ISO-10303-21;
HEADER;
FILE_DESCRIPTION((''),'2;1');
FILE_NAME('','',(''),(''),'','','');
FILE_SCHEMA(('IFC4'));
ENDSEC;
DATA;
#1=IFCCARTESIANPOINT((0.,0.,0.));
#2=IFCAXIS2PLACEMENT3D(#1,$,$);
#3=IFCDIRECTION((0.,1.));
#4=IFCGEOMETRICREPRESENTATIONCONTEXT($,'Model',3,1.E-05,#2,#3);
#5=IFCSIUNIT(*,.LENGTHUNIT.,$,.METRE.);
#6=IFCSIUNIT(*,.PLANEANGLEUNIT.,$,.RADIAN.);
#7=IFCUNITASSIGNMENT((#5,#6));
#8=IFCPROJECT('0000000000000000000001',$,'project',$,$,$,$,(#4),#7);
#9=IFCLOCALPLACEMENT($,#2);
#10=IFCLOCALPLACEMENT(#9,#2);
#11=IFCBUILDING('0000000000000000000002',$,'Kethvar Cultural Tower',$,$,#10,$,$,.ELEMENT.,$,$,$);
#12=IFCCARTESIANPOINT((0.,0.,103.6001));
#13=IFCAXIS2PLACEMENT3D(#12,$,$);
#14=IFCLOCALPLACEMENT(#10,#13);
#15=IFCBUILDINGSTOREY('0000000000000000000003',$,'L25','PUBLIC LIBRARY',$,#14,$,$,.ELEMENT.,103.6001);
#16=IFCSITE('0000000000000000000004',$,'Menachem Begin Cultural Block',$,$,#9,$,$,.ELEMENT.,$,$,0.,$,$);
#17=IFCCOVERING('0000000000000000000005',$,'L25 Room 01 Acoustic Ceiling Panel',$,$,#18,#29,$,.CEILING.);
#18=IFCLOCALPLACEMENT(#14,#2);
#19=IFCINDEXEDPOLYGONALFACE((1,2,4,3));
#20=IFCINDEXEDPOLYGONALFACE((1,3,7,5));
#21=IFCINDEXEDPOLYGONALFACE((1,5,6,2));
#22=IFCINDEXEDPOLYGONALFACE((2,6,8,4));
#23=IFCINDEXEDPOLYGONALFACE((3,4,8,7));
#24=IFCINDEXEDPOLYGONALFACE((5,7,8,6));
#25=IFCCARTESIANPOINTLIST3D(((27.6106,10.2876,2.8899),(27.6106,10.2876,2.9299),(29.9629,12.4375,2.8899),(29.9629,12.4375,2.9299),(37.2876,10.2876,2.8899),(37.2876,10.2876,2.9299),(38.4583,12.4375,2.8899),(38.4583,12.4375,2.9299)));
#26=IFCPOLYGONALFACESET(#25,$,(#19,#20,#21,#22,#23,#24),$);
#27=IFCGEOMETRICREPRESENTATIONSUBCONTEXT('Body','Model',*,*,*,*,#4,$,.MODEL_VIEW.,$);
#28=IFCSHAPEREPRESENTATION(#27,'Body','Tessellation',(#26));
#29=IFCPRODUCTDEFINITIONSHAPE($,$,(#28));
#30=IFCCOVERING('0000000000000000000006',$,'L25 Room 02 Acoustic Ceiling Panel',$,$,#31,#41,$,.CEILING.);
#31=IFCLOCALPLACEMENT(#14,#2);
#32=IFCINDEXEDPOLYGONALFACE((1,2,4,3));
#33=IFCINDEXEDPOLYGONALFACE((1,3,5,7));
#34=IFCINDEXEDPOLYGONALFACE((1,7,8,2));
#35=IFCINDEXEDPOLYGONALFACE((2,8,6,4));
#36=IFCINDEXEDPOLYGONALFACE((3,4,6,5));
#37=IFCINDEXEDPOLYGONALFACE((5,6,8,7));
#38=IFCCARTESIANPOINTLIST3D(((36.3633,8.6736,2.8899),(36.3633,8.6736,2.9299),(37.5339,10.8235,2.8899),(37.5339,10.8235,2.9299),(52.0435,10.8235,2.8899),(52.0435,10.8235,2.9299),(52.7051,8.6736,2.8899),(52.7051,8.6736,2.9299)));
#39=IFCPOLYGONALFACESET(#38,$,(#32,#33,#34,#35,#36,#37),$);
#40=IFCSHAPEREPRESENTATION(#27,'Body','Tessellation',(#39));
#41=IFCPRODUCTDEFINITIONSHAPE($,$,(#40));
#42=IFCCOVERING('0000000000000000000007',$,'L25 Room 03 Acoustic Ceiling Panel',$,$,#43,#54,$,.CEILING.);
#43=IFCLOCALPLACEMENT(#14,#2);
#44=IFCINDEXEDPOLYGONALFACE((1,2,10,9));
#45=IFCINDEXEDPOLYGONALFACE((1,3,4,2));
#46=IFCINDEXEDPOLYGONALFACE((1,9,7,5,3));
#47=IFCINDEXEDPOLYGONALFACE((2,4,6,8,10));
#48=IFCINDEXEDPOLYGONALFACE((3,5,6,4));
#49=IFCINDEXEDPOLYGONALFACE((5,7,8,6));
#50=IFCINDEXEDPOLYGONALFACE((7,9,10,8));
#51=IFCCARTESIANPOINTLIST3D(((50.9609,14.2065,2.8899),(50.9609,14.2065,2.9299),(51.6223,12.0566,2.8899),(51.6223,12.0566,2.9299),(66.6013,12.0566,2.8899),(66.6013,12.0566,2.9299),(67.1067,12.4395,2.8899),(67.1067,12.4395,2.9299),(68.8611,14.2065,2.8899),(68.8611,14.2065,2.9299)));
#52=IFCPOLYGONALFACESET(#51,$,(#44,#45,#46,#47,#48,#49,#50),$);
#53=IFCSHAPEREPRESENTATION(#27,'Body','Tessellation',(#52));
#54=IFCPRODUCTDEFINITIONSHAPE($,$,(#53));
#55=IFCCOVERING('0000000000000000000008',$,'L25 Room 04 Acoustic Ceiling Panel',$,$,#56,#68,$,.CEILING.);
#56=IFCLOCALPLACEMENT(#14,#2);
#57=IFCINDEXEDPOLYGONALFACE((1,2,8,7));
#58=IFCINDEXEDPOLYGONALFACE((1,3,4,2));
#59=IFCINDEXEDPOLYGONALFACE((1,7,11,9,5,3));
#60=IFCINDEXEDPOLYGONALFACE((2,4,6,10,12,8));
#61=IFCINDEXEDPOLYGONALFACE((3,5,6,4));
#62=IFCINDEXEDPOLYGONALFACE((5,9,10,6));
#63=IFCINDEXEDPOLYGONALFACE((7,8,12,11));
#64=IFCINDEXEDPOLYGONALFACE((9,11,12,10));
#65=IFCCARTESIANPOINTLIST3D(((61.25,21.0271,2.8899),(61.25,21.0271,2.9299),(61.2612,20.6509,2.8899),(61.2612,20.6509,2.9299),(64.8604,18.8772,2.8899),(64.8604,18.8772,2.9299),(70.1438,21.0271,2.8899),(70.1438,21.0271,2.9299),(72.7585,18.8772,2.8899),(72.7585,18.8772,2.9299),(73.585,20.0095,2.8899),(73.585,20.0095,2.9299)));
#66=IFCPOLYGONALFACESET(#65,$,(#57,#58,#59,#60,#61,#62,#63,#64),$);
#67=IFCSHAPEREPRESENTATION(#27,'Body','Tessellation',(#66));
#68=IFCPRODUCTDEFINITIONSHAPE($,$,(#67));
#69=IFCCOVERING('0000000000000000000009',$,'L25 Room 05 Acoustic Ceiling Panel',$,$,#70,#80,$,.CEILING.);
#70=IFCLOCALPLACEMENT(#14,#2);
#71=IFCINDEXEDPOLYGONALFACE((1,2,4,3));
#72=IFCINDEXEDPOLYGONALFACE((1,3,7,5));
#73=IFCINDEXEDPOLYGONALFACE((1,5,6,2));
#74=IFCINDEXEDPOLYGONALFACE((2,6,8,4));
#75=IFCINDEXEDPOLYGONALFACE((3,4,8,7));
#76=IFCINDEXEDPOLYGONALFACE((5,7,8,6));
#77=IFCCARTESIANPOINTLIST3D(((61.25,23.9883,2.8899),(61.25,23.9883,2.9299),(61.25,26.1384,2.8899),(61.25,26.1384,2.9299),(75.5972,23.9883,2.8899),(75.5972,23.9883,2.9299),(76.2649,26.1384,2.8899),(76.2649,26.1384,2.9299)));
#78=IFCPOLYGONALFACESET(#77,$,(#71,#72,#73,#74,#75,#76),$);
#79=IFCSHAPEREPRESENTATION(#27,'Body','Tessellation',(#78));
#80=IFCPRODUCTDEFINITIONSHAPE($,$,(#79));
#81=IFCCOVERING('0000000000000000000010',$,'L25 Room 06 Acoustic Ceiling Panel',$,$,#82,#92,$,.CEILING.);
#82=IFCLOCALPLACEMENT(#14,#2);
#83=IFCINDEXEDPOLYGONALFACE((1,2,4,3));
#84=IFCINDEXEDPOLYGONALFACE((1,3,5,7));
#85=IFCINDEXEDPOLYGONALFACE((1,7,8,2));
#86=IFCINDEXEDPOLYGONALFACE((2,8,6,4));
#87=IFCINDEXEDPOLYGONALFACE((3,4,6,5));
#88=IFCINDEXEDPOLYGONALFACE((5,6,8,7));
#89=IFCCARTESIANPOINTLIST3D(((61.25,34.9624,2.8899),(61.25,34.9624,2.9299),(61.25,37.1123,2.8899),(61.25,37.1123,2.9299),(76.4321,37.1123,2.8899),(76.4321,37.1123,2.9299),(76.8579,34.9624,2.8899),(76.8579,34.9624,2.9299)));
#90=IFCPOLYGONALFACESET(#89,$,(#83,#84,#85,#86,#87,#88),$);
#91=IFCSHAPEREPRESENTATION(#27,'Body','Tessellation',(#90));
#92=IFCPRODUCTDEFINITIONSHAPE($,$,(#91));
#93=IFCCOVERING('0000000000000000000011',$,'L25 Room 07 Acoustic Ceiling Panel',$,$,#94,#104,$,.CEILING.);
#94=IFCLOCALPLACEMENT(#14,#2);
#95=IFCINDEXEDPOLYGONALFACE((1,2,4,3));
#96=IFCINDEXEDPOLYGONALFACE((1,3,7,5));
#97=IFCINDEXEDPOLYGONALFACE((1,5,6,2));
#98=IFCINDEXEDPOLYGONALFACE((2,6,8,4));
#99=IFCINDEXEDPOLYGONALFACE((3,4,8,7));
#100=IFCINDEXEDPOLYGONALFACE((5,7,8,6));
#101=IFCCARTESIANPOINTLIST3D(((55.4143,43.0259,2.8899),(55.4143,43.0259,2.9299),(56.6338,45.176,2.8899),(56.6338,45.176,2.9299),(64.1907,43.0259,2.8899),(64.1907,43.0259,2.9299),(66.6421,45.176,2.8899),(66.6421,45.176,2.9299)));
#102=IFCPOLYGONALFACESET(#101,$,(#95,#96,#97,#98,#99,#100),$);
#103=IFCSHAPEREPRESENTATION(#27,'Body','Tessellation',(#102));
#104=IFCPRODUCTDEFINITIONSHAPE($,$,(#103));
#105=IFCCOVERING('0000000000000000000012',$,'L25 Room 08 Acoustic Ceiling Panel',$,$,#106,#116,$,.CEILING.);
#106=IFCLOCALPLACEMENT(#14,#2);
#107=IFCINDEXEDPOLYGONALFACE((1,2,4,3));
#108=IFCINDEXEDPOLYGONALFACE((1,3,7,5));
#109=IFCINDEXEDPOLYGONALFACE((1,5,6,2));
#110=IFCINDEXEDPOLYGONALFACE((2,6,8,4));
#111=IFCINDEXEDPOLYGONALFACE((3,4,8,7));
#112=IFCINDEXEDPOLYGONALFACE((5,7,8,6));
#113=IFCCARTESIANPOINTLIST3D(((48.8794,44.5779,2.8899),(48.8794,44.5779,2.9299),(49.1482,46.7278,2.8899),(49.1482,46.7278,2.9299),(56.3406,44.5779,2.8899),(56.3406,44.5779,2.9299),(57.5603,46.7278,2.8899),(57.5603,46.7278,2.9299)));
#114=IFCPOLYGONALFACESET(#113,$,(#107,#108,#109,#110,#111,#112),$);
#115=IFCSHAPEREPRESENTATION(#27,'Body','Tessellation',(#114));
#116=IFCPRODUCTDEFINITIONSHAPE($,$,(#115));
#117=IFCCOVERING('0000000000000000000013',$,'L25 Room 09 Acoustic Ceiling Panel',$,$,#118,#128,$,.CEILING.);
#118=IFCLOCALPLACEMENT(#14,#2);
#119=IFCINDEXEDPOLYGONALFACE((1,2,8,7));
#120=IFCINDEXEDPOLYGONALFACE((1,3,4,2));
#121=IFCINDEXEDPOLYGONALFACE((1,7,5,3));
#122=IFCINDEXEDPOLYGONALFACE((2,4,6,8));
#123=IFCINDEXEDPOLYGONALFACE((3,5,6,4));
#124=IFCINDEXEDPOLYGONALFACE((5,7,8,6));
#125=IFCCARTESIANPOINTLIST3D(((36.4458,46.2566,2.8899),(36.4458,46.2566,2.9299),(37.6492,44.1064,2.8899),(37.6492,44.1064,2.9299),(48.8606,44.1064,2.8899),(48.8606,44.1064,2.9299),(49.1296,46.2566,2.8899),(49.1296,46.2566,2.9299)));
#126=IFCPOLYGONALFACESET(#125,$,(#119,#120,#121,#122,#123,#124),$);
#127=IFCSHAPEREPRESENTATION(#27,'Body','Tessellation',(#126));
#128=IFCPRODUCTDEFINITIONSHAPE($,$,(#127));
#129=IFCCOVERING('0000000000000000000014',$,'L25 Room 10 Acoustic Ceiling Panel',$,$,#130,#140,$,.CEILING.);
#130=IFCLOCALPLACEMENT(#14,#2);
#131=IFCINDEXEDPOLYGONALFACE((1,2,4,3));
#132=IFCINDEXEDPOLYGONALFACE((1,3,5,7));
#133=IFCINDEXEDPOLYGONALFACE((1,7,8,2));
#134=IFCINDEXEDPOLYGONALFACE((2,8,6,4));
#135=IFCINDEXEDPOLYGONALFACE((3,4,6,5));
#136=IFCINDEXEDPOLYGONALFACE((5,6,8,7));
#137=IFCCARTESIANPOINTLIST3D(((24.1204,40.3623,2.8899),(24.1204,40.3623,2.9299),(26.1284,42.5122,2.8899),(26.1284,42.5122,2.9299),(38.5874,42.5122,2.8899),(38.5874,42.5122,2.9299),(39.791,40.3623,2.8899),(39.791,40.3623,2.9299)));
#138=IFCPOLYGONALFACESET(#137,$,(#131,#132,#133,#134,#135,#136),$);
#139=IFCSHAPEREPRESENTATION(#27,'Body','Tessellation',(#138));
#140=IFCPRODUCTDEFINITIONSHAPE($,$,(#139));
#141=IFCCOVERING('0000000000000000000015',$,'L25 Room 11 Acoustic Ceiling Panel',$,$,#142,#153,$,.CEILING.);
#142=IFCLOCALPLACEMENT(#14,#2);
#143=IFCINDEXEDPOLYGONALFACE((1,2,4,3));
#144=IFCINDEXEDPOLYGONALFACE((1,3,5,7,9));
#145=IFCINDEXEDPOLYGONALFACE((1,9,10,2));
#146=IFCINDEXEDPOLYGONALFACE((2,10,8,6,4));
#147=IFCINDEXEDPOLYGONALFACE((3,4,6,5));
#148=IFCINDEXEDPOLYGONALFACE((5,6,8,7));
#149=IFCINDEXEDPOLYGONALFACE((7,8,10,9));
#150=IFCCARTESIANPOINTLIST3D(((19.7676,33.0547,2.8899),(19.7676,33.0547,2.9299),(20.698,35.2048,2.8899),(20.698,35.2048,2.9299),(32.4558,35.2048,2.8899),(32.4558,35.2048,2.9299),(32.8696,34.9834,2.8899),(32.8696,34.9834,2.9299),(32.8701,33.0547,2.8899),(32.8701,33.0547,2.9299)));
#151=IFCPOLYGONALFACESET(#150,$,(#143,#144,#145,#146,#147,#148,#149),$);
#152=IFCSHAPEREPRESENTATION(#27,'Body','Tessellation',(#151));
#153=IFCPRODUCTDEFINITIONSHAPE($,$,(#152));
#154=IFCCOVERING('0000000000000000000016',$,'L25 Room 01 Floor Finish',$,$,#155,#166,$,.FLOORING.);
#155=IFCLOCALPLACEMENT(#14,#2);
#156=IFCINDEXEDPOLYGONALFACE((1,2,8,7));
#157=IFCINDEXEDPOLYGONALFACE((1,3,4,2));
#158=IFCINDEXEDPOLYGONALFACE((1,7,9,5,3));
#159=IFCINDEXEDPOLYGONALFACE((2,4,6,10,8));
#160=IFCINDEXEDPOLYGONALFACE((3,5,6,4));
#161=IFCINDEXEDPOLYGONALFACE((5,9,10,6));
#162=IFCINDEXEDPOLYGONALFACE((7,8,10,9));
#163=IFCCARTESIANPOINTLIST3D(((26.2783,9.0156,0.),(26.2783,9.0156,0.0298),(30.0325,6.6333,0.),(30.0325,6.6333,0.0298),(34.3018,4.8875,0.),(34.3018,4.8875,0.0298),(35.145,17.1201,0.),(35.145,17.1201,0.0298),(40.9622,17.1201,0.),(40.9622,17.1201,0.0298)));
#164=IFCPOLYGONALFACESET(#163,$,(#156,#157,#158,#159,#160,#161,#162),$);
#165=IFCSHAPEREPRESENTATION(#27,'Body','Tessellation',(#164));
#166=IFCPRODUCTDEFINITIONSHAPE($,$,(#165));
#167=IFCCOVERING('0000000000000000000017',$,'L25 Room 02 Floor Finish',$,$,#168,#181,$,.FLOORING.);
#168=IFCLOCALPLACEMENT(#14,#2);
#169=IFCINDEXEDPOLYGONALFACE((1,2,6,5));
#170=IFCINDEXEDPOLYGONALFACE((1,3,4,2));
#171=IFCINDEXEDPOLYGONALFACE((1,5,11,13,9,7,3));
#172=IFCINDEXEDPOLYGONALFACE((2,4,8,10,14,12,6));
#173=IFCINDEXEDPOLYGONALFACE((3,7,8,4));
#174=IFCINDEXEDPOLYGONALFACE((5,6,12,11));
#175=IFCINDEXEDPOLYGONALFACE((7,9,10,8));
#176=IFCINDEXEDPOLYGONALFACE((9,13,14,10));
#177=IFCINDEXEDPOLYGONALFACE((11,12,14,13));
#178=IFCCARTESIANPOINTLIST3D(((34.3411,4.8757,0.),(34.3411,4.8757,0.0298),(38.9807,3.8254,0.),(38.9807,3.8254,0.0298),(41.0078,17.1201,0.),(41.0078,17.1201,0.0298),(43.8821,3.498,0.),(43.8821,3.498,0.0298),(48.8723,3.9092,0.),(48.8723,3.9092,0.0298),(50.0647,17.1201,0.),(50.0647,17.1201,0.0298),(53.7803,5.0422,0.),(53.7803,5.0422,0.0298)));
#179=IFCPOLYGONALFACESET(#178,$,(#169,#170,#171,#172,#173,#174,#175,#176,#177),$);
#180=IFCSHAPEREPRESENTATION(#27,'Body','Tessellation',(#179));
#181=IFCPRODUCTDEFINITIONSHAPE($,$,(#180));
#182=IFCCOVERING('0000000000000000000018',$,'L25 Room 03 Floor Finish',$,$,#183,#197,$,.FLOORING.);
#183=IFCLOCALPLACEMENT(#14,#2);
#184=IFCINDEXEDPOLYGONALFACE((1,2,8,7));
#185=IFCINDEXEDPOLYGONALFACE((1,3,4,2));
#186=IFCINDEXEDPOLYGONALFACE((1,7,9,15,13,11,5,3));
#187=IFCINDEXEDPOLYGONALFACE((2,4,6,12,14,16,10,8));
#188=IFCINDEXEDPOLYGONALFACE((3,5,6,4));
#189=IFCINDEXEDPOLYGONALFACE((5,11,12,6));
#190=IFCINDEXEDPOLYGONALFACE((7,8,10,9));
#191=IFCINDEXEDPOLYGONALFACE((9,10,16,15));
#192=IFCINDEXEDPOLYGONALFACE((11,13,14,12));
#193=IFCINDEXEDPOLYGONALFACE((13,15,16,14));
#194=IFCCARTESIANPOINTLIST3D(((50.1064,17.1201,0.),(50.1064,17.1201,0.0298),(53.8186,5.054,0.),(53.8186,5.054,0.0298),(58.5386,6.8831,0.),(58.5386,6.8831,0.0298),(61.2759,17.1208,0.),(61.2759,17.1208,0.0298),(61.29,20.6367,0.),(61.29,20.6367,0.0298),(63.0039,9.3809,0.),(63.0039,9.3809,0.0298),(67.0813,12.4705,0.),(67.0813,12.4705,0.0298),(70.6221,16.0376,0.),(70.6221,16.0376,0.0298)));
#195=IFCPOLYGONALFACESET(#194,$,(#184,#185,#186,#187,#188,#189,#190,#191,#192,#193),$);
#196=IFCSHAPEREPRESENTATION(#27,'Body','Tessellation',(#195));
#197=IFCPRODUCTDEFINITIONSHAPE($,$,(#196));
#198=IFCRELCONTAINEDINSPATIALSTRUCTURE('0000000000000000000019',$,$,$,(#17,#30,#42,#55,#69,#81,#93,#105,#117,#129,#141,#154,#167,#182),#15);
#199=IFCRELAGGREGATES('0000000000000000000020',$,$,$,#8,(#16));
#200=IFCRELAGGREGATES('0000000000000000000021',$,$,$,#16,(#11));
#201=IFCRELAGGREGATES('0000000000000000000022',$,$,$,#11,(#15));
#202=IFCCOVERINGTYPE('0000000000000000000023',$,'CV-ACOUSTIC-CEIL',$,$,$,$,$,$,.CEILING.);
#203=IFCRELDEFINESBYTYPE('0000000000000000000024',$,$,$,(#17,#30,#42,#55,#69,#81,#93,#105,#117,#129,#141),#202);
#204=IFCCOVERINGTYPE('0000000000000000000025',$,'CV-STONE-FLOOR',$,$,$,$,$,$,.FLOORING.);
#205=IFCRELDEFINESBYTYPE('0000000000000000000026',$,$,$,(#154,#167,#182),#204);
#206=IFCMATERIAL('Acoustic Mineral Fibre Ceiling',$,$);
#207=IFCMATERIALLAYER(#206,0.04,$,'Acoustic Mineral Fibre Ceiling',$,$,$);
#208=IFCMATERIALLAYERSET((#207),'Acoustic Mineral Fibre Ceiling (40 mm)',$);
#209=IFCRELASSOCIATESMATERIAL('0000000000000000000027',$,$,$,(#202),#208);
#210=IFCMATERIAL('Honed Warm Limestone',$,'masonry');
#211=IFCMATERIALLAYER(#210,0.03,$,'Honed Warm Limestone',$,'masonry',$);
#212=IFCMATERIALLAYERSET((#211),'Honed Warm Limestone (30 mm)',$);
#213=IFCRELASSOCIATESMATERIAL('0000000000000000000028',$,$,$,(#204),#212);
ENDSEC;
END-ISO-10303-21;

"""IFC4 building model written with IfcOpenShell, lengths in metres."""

from ifc_helpers import new_model, si_unit, direction, frame, origin, place, context, subcontext, project, spatial, polyline, outline, extrude, material, layer, layer_set, type_object, element, save


model = new_model("IFC4")

# Units and contexts
model_context = context("Model", 3, precision=1e-05, world=origin(), true_north=direction((0.0, 1.0)))
body_context = subcontext(model_context, "Body", "Model", "MODEL_VIEW")
ifc_project = project(units=[si_unit("LENGTHUNIT", "METRE"), si_unit("PLANEANGLEUNIT", "RADIAN")], contexts=[model_context])

# Site, building, storey
site_placement = place(None, origin())
site = spatial("IfcSite", under=ifc_project, at=site_placement, Name="Menachem Begin Cultural Block", CompositionType="ELEMENT", RefElevation=0.0)
building_placement = place(site_placement, origin())
building = spatial("IfcBuilding", under=site, at=building_placement, Name="Kethvar Cultural Tower", CompositionType="ELEMENT")
storey_placement = place(building_placement, frame((0.0, 0.0, 103.6001)))
storey = spatial("IfcBuildingStorey", under=building, at=storey_placement, Name="L25", Description="PUBLIC LIBRARY", CompositionType="ELEMENT", Elevation=103.6001)

# Coverings
ifc_material_1 = material(Name="Acoustic Mineral Fibre Ceiling")
ifc_layer_1 = layer(ifc_material_1, 0.04, Name="Acoustic Mineral Fibre Ceiling")
ifc_layer_set_1 = layer_set([ifc_layer_1], Name="Acoustic Mineral Fibre Ceiling (40 mm)")
covering_type_1 = type_object("IfcCoveringType", Name="CV-ACOUSTIC-CEIL", PredefinedType="CEILING", material=ifc_layer_set_1)
covering_1_placement = place(storey_placement, frame((0.0, 0.0, 2.8899)))
element("IfcCovering", 1, at=covering_1_placement, inside=storey, type_object=covering_type_1, Name="L25 Room 01 Acoustic Ceiling Panel", PredefinedType="CEILING", context=body_context, shape_type="SweptSolid", body=[
    extrude(outline(polyline([(29.9629, 12.4375), (38.4583, 12.4375), (37.2876, 10.2876), (27.6106, 10.2876), (29.9629, 12.4375)])), origin(), (0.0, 0.0, 1.0), 0.04),
])
covering_2_placement = place(storey_placement, frame((0.0, 0.0, 2.8899)))
element("IfcCovering", 2, at=covering_2_placement, inside=storey, type_object=covering_type_1, Name="L25 Room 02 Acoustic Ceiling Panel", PredefinedType="CEILING", context=body_context, shape_type="SweptSolid", body=[
    extrude(outline(polyline([(37.5339, 10.8235), (52.0435, 10.8235), (52.7051, 8.6736), (36.3633, 8.6736), (37.5339, 10.8235)])), origin(), (0.0, 0.0, 1.0), 0.04),
])
covering_3_placement = place(storey_placement, frame((0.0, 0.0, 2.8899)))
element("IfcCovering", 3, at=covering_3_placement, inside=storey, type_object=covering_type_1, Name="L25 Room 03 Acoustic Ceiling Panel", PredefinedType="CEILING", context=body_context, shape_type="SweptSolid", body=[
    extrude(outline(polyline([(67.1067, 12.4395), (66.6013, 12.0566), (51.6223, 12.0566), (50.9609, 14.2065), (68.8611, 14.2065), (67.1067, 12.4395)])), origin(), (0.0, 0.0, 1.0), 0.04),
])
covering_4_placement = place(storey_placement, frame((0.0, 0.0, 2.8899)))
element("IfcCovering", 4, at=covering_4_placement, inside=storey, type_object=covering_type_1, Name="L25 Room 04 Acoustic Ceiling Panel", PredefinedType="CEILING", context=body_context, shape_type="SweptSolid", body=[
    extrude(outline(polyline([(61.2612, 20.6509), (61.25, 21.0271), (70.1438, 21.0271), (73.585, 20.0095), (72.7585, 18.8772), (64.8604, 18.8772), (61.2612, 20.6509)])), origin(), (0.0, 0.0, 1.0), 0.04),
])
covering_5_placement = place(storey_placement, frame((0.0, 0.0, 2.8899)))
element("IfcCovering", 5, at=covering_5_placement, inside=storey, type_object=covering_type_1, Name="L25 Room 05 Acoustic Ceiling Panel", PredefinedType="CEILING", context=body_context, shape_type="SweptSolid", body=[
    extrude(outline(polyline([(76.2649, 26.1384), (75.5972, 23.9883), (61.25, 23.9883), (61.25, 26.1384), (76.2649, 26.1384)])), origin(), (0.0, 0.0, 1.0), 0.04),
])
covering_6_placement = place(storey_placement, frame((0.0, 0.0, 2.8899)))
element("IfcCovering", 6, at=covering_6_placement, inside=storey, type_object=covering_type_1, Name="L25 Room 06 Acoustic Ceiling Panel", PredefinedType="CEILING", context=body_context, shape_type="SweptSolid", body=[
    extrude(outline(polyline([(61.25, 37.1123), (76.4321, 37.1123), (76.8579, 34.9624), (61.25, 34.9624), (61.25, 37.1123)])), origin(), (0.0, 0.0, 1.0), 0.04),
])
covering_7_placement = place(storey_placement, frame((0.0, 0.0, 2.8899)))
element("IfcCovering", 7, at=covering_7_placement, inside=storey, type_object=covering_type_1, Name="L25 Room 07 Acoustic Ceiling Panel", PredefinedType="CEILING", context=body_context, shape_type="SweptSolid", body=[
    extrude(outline(polyline([(64.1907, 43.0259), (55.4143, 43.0259), (56.6338, 45.176), (66.6421, 45.176), (64.1907, 43.0259)])), origin(), (0.0, 0.0, 1.0), 0.04),
])
covering_8_placement = place(storey_placement, frame((0.0, 0.0, 2.8899)))
element("IfcCovering", 8, at=covering_8_placement, inside=storey, type_object=covering_type_1, Name="L25 Room 08 Acoustic Ceiling Panel", PredefinedType="CEILING", context=body_context, shape_type="SweptSolid", body=[
    extrude(outline(polyline([(56.3406, 44.5779), (48.8794, 44.5779), (49.1482, 46.7278), (57.5603, 46.7278), (56.3406, 44.5779)])), origin(), (0.0, 0.0, 1.0), 0.04),
])
covering_9_placement = place(storey_placement, frame((0.0, 0.0, 2.8899)))
element("IfcCovering", 9, at=covering_9_placement, inside=storey, type_object=covering_type_1, Name="L25 Room 09 Acoustic Ceiling Panel", PredefinedType="CEILING", context=body_context, shape_type="SweptSolid", body=[
    extrude(outline(polyline([(48.8606, 44.1064), (37.6492, 44.1064), (36.4458, 46.2566), (49.1296, 46.2566), (48.8606, 44.1064)])), origin(), (0.0, 0.0, 1.0), 0.04),
])
covering_10_placement = place(storey_placement, frame((0.0, 0.0, 2.8899)))
element("IfcCovering", 10, at=covering_10_placement, inside=storey, type_object=covering_type_1, Name="L25 Room 10 Acoustic Ceiling Panel", PredefinedType="CEILING", context=body_context, shape_type="SweptSolid", body=[
    extrude(outline(polyline([(26.1284, 42.5122), (38.5874, 42.5122), (39.791, 40.3623), (24.1204, 40.3623), (26.1284, 42.5122)])), origin(), (0.0, 0.0, 1.0), 0.04),
])
covering_11_placement = place(storey_placement, frame((0.0, 0.0, 2.8899)))
element("IfcCovering", 11, at=covering_11_placement, inside=storey, type_object=covering_type_1, Name="L25 Room 11 Acoustic Ceiling Panel", PredefinedType="CEILING", context=body_context, shape_type="SweptSolid", body=[
    extrude(outline(polyline([(20.698, 35.2048), (32.4558, 35.2048), (32.8696, 34.9834), (32.8701, 33.0547), (19.7676, 33.0547), (20.698, 35.2048)])), origin(), (0.0, 0.0, 1.0), 0.04),
])
ifc_material_2 = material(Name="Honed Warm Limestone", Category="masonry")
ifc_layer_2 = layer(ifc_material_2, 0.03, Name="Honed Warm Limestone", Category="masonry")
ifc_layer_set_2 = layer_set([ifc_layer_2], Name="Honed Warm Limestone (30 mm)")
covering_type_2 = type_object("IfcCoveringType", Name="CV-STONE-FLOOR", PredefinedType="FLOORING", material=ifc_layer_set_2)
covering_12_placement = place(storey_placement, origin())
element("IfcCovering", 12, at=covering_12_placement, inside=storey, type_object=covering_type_2, Name="L25 Room 01 Floor Finish", PredefinedType="FLOORING", context=body_context, shape_type="SweptSolid", body=[
    extrude(outline(polyline([(30.0325, 6.6333), (26.2783, 9.0156), (35.145, 17.1201), (40.9622, 17.1201), (34.3018, 4.8875), (30.0325, 6.6333)])), origin(), (0.0, 0.0, 1.0), 0.0298),
])
covering_13_placement = place(storey_placement, origin())
element("IfcCovering", 13, at=covering_13_placement, inside=storey, type_object=covering_type_2, Name="L25 Room 02 Floor Finish", PredefinedType="FLOORING", context=body_context, shape_type="SweptSolid", body=[
    extrude(outline(polyline([(48.8723, 3.9092), (43.8821, 3.498), (38.9807, 3.8254), (34.3411, 4.8757), (41.0078, 17.1201), (50.0647, 17.1201), (53.7803, 5.0422), (48.8723, 3.9092)])), origin(), (0.0, 0.0, 1.0), 0.0298),
])
covering_14_placement = place(storey_placement, origin())
element("IfcCovering", 14, at=covering_14_placement, inside=storey, type_object=covering_type_2, Name="L25 Room 03 Floor Finish", PredefinedType="FLOORING", context=body_context, shape_type="SweptSolid", body=[
    extrude(outline(polyline([(67.0813, 12.4705), (63.0039, 9.3809), (58.5386, 6.8831), (53.8186, 5.054), (50.1064, 17.1201), (61.2759, 17.1208), (61.29, 20.6367), (70.6221, 16.0376), (67.0813, 12.4705)])), origin(), (0.0, 0.0, 1.0), 0.0298),
])

save(model, "model.ifc")
